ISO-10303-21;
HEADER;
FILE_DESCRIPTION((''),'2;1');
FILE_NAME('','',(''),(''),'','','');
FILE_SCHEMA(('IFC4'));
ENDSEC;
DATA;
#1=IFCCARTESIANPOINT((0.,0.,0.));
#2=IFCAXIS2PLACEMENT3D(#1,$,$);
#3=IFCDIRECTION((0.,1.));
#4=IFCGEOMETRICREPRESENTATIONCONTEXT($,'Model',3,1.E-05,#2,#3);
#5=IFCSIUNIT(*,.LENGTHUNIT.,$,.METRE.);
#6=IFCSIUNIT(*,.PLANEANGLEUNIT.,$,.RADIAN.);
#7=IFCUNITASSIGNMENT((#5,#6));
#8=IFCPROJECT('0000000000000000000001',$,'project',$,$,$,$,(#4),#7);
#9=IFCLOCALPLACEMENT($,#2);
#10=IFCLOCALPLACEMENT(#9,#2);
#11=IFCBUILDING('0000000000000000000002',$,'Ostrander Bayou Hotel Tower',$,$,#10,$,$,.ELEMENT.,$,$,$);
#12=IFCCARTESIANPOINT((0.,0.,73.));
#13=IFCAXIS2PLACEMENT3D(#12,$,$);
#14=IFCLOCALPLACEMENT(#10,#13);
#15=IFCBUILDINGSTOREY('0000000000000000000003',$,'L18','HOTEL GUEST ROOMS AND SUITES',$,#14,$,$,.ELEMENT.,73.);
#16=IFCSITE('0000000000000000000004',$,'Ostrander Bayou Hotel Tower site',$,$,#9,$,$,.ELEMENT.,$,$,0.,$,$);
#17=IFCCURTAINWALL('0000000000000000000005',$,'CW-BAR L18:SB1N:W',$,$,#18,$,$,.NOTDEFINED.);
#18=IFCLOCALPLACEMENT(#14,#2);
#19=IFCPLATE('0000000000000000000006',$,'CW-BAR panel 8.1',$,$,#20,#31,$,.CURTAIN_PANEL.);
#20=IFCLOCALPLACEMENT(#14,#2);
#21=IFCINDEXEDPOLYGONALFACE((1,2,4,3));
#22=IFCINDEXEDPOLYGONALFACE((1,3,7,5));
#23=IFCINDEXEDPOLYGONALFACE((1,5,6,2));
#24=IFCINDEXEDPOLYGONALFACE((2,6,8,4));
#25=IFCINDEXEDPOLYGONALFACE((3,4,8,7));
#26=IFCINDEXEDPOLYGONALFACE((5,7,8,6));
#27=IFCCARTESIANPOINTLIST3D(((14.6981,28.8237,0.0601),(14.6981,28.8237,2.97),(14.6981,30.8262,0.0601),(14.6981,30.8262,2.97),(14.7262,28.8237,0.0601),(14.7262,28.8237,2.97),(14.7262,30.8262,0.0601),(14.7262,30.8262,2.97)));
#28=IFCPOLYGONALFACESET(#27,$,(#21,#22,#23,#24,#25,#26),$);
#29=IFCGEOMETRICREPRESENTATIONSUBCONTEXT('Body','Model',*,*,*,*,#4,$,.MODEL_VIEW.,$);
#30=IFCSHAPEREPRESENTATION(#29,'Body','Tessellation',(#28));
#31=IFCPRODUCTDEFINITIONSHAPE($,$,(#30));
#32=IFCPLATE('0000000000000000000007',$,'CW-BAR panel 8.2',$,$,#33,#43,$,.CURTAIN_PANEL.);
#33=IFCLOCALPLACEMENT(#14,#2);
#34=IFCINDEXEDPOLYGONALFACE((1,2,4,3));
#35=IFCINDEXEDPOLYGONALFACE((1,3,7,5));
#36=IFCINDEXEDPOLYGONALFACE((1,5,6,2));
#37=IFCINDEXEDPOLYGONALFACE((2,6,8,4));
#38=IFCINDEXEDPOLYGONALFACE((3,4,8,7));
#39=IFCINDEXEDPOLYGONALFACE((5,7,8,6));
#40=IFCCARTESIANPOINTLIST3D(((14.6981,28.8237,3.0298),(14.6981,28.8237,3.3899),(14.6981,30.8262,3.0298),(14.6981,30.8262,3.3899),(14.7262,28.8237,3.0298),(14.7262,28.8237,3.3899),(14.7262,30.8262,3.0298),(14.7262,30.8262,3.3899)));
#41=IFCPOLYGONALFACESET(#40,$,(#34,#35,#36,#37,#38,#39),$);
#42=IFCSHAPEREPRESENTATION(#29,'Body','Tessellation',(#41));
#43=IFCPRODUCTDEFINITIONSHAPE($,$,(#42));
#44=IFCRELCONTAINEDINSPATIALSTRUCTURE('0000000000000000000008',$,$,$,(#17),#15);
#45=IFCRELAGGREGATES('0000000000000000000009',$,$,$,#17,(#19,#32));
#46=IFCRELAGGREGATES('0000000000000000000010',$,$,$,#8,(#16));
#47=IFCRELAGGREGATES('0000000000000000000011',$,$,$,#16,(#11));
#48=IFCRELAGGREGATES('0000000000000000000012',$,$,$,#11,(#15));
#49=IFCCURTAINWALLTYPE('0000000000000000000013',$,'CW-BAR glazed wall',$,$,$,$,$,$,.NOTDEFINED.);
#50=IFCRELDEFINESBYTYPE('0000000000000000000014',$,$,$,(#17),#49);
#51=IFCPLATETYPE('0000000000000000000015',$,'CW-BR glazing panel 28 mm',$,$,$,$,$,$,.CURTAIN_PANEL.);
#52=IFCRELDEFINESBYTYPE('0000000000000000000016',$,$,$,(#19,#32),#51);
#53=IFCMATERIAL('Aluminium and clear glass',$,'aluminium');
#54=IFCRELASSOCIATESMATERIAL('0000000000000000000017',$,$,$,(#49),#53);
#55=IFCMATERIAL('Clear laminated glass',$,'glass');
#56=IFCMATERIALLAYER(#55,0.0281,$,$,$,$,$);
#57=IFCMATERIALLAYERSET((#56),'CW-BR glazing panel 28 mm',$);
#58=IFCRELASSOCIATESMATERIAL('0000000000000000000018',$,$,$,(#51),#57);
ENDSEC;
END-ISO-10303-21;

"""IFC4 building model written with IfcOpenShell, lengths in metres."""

from ifc_helpers import new_model, si_unit, direction, frame, origin, origin_2d, place, context, subcontext, project, spatial, rectangle, extrude, material, layer, layer_set, type_object, element, aggregate, save


model = new_model("IFC4")

# Units and contexts
model_context = context("Model", 3, precision=1e-05, world=origin(), true_north=direction((0.0, 1.0)))
body_context = subcontext(model_context, "Body", "Model", "MODEL_VIEW")
ifc_project = project(units=[si_unit("LENGTHUNIT", "METRE"), si_unit("PLANEANGLEUNIT", "RADIAN")], contexts=[model_context])

# Site, building, storey
site_placement = place(None, origin())
site = spatial("IfcSite", under=ifc_project, at=site_placement, Name="Ostrander Bayou Hotel Tower site", CompositionType="ELEMENT", RefElevation=0.0)
building_placement = place(site_placement, origin())
building = spatial("IfcBuilding", under=site, at=building_placement, Name="Ostrander Bayou Hotel Tower", CompositionType="ELEMENT")
storey_placement = place(building_placement, frame((0.0, 0.0, 73.0)))
storey = spatial("IfcBuildingStorey", under=building, at=storey_placement, Name="L18", Description="HOTEL GUEST ROOMS AND SUITES", CompositionType="ELEMENT", Elevation=73.0)

# Curtain wall
ifc_material_1 = material(Name="Aluminium and clear glass", Category="aluminium")
curtain_wall_type = type_object("IfcCurtainWallType", Name="CW-BAR glazed wall", PredefinedType="NOTDEFINED", material=ifc_material_1)
curtain_wall_1_placement = place(storey_placement, origin())
curtain_wall_1 = element("IfcCurtainWall", 1, at=curtain_wall_1_placement, inside=storey, type_object=curtain_wall_type, Name="CW-BAR L18:SB1N:W", PredefinedType="NOTDEFINED")

# Plates
ifc_material_2 = material(Name="Clear laminated glass", Category="glass")
ifc_layer = layer(ifc_material_2, 0.0281)
ifc_layer_set = layer_set([ifc_layer], Name="CW-BR glazing panel 28 mm")
plate_type = type_object("IfcPlateType", Name="CW-BR glazing panel 28 mm", PredefinedType="CURTAIN_PANEL", material=ifc_layer_set)
plate_1_placement = place(storey_placement, frame((14.7122, 29.825, 0.0601), z_axis=(0.0, 0.0, 1.0), x_axis=(0.0, 1.0, 0.0)))
plate_1 = element("IfcPlate", 2, at=plate_1_placement, type_object=plate_type, Name="CW-BAR panel 8.1", PredefinedType="CURTAIN_PANEL", context=body_context, shape_type="SweptSolid", body=[
    extrude(rectangle(XDim=2.0024, YDim=0.0281, at=origin_2d()), origin(), (0.0, 0.0, 1.0), 2.9099),
])
plate_2_placement = place(storey_placement, frame((14.7122, 29.825, 3.0298), z_axis=(0.0, 0.0, 1.0), x_axis=(0.0, 1.0, 0.0)))
plate_2 = element("IfcPlate", 3, at=plate_2_placement, type_object=plate_type, Name="CW-BAR panel 8.2", PredefinedType="CURTAIN_PANEL", context=body_context, shape_type="SweptSolid", body=[
    extrude(rectangle(XDim=2.0024, YDim=0.0281, at=origin_2d()), origin(), (0.0, 0.0, 1.0), 0.3601),
])
aggregate(curtain_wall_1, [plate_1, plate_2])

save(model, "model.ifc")
